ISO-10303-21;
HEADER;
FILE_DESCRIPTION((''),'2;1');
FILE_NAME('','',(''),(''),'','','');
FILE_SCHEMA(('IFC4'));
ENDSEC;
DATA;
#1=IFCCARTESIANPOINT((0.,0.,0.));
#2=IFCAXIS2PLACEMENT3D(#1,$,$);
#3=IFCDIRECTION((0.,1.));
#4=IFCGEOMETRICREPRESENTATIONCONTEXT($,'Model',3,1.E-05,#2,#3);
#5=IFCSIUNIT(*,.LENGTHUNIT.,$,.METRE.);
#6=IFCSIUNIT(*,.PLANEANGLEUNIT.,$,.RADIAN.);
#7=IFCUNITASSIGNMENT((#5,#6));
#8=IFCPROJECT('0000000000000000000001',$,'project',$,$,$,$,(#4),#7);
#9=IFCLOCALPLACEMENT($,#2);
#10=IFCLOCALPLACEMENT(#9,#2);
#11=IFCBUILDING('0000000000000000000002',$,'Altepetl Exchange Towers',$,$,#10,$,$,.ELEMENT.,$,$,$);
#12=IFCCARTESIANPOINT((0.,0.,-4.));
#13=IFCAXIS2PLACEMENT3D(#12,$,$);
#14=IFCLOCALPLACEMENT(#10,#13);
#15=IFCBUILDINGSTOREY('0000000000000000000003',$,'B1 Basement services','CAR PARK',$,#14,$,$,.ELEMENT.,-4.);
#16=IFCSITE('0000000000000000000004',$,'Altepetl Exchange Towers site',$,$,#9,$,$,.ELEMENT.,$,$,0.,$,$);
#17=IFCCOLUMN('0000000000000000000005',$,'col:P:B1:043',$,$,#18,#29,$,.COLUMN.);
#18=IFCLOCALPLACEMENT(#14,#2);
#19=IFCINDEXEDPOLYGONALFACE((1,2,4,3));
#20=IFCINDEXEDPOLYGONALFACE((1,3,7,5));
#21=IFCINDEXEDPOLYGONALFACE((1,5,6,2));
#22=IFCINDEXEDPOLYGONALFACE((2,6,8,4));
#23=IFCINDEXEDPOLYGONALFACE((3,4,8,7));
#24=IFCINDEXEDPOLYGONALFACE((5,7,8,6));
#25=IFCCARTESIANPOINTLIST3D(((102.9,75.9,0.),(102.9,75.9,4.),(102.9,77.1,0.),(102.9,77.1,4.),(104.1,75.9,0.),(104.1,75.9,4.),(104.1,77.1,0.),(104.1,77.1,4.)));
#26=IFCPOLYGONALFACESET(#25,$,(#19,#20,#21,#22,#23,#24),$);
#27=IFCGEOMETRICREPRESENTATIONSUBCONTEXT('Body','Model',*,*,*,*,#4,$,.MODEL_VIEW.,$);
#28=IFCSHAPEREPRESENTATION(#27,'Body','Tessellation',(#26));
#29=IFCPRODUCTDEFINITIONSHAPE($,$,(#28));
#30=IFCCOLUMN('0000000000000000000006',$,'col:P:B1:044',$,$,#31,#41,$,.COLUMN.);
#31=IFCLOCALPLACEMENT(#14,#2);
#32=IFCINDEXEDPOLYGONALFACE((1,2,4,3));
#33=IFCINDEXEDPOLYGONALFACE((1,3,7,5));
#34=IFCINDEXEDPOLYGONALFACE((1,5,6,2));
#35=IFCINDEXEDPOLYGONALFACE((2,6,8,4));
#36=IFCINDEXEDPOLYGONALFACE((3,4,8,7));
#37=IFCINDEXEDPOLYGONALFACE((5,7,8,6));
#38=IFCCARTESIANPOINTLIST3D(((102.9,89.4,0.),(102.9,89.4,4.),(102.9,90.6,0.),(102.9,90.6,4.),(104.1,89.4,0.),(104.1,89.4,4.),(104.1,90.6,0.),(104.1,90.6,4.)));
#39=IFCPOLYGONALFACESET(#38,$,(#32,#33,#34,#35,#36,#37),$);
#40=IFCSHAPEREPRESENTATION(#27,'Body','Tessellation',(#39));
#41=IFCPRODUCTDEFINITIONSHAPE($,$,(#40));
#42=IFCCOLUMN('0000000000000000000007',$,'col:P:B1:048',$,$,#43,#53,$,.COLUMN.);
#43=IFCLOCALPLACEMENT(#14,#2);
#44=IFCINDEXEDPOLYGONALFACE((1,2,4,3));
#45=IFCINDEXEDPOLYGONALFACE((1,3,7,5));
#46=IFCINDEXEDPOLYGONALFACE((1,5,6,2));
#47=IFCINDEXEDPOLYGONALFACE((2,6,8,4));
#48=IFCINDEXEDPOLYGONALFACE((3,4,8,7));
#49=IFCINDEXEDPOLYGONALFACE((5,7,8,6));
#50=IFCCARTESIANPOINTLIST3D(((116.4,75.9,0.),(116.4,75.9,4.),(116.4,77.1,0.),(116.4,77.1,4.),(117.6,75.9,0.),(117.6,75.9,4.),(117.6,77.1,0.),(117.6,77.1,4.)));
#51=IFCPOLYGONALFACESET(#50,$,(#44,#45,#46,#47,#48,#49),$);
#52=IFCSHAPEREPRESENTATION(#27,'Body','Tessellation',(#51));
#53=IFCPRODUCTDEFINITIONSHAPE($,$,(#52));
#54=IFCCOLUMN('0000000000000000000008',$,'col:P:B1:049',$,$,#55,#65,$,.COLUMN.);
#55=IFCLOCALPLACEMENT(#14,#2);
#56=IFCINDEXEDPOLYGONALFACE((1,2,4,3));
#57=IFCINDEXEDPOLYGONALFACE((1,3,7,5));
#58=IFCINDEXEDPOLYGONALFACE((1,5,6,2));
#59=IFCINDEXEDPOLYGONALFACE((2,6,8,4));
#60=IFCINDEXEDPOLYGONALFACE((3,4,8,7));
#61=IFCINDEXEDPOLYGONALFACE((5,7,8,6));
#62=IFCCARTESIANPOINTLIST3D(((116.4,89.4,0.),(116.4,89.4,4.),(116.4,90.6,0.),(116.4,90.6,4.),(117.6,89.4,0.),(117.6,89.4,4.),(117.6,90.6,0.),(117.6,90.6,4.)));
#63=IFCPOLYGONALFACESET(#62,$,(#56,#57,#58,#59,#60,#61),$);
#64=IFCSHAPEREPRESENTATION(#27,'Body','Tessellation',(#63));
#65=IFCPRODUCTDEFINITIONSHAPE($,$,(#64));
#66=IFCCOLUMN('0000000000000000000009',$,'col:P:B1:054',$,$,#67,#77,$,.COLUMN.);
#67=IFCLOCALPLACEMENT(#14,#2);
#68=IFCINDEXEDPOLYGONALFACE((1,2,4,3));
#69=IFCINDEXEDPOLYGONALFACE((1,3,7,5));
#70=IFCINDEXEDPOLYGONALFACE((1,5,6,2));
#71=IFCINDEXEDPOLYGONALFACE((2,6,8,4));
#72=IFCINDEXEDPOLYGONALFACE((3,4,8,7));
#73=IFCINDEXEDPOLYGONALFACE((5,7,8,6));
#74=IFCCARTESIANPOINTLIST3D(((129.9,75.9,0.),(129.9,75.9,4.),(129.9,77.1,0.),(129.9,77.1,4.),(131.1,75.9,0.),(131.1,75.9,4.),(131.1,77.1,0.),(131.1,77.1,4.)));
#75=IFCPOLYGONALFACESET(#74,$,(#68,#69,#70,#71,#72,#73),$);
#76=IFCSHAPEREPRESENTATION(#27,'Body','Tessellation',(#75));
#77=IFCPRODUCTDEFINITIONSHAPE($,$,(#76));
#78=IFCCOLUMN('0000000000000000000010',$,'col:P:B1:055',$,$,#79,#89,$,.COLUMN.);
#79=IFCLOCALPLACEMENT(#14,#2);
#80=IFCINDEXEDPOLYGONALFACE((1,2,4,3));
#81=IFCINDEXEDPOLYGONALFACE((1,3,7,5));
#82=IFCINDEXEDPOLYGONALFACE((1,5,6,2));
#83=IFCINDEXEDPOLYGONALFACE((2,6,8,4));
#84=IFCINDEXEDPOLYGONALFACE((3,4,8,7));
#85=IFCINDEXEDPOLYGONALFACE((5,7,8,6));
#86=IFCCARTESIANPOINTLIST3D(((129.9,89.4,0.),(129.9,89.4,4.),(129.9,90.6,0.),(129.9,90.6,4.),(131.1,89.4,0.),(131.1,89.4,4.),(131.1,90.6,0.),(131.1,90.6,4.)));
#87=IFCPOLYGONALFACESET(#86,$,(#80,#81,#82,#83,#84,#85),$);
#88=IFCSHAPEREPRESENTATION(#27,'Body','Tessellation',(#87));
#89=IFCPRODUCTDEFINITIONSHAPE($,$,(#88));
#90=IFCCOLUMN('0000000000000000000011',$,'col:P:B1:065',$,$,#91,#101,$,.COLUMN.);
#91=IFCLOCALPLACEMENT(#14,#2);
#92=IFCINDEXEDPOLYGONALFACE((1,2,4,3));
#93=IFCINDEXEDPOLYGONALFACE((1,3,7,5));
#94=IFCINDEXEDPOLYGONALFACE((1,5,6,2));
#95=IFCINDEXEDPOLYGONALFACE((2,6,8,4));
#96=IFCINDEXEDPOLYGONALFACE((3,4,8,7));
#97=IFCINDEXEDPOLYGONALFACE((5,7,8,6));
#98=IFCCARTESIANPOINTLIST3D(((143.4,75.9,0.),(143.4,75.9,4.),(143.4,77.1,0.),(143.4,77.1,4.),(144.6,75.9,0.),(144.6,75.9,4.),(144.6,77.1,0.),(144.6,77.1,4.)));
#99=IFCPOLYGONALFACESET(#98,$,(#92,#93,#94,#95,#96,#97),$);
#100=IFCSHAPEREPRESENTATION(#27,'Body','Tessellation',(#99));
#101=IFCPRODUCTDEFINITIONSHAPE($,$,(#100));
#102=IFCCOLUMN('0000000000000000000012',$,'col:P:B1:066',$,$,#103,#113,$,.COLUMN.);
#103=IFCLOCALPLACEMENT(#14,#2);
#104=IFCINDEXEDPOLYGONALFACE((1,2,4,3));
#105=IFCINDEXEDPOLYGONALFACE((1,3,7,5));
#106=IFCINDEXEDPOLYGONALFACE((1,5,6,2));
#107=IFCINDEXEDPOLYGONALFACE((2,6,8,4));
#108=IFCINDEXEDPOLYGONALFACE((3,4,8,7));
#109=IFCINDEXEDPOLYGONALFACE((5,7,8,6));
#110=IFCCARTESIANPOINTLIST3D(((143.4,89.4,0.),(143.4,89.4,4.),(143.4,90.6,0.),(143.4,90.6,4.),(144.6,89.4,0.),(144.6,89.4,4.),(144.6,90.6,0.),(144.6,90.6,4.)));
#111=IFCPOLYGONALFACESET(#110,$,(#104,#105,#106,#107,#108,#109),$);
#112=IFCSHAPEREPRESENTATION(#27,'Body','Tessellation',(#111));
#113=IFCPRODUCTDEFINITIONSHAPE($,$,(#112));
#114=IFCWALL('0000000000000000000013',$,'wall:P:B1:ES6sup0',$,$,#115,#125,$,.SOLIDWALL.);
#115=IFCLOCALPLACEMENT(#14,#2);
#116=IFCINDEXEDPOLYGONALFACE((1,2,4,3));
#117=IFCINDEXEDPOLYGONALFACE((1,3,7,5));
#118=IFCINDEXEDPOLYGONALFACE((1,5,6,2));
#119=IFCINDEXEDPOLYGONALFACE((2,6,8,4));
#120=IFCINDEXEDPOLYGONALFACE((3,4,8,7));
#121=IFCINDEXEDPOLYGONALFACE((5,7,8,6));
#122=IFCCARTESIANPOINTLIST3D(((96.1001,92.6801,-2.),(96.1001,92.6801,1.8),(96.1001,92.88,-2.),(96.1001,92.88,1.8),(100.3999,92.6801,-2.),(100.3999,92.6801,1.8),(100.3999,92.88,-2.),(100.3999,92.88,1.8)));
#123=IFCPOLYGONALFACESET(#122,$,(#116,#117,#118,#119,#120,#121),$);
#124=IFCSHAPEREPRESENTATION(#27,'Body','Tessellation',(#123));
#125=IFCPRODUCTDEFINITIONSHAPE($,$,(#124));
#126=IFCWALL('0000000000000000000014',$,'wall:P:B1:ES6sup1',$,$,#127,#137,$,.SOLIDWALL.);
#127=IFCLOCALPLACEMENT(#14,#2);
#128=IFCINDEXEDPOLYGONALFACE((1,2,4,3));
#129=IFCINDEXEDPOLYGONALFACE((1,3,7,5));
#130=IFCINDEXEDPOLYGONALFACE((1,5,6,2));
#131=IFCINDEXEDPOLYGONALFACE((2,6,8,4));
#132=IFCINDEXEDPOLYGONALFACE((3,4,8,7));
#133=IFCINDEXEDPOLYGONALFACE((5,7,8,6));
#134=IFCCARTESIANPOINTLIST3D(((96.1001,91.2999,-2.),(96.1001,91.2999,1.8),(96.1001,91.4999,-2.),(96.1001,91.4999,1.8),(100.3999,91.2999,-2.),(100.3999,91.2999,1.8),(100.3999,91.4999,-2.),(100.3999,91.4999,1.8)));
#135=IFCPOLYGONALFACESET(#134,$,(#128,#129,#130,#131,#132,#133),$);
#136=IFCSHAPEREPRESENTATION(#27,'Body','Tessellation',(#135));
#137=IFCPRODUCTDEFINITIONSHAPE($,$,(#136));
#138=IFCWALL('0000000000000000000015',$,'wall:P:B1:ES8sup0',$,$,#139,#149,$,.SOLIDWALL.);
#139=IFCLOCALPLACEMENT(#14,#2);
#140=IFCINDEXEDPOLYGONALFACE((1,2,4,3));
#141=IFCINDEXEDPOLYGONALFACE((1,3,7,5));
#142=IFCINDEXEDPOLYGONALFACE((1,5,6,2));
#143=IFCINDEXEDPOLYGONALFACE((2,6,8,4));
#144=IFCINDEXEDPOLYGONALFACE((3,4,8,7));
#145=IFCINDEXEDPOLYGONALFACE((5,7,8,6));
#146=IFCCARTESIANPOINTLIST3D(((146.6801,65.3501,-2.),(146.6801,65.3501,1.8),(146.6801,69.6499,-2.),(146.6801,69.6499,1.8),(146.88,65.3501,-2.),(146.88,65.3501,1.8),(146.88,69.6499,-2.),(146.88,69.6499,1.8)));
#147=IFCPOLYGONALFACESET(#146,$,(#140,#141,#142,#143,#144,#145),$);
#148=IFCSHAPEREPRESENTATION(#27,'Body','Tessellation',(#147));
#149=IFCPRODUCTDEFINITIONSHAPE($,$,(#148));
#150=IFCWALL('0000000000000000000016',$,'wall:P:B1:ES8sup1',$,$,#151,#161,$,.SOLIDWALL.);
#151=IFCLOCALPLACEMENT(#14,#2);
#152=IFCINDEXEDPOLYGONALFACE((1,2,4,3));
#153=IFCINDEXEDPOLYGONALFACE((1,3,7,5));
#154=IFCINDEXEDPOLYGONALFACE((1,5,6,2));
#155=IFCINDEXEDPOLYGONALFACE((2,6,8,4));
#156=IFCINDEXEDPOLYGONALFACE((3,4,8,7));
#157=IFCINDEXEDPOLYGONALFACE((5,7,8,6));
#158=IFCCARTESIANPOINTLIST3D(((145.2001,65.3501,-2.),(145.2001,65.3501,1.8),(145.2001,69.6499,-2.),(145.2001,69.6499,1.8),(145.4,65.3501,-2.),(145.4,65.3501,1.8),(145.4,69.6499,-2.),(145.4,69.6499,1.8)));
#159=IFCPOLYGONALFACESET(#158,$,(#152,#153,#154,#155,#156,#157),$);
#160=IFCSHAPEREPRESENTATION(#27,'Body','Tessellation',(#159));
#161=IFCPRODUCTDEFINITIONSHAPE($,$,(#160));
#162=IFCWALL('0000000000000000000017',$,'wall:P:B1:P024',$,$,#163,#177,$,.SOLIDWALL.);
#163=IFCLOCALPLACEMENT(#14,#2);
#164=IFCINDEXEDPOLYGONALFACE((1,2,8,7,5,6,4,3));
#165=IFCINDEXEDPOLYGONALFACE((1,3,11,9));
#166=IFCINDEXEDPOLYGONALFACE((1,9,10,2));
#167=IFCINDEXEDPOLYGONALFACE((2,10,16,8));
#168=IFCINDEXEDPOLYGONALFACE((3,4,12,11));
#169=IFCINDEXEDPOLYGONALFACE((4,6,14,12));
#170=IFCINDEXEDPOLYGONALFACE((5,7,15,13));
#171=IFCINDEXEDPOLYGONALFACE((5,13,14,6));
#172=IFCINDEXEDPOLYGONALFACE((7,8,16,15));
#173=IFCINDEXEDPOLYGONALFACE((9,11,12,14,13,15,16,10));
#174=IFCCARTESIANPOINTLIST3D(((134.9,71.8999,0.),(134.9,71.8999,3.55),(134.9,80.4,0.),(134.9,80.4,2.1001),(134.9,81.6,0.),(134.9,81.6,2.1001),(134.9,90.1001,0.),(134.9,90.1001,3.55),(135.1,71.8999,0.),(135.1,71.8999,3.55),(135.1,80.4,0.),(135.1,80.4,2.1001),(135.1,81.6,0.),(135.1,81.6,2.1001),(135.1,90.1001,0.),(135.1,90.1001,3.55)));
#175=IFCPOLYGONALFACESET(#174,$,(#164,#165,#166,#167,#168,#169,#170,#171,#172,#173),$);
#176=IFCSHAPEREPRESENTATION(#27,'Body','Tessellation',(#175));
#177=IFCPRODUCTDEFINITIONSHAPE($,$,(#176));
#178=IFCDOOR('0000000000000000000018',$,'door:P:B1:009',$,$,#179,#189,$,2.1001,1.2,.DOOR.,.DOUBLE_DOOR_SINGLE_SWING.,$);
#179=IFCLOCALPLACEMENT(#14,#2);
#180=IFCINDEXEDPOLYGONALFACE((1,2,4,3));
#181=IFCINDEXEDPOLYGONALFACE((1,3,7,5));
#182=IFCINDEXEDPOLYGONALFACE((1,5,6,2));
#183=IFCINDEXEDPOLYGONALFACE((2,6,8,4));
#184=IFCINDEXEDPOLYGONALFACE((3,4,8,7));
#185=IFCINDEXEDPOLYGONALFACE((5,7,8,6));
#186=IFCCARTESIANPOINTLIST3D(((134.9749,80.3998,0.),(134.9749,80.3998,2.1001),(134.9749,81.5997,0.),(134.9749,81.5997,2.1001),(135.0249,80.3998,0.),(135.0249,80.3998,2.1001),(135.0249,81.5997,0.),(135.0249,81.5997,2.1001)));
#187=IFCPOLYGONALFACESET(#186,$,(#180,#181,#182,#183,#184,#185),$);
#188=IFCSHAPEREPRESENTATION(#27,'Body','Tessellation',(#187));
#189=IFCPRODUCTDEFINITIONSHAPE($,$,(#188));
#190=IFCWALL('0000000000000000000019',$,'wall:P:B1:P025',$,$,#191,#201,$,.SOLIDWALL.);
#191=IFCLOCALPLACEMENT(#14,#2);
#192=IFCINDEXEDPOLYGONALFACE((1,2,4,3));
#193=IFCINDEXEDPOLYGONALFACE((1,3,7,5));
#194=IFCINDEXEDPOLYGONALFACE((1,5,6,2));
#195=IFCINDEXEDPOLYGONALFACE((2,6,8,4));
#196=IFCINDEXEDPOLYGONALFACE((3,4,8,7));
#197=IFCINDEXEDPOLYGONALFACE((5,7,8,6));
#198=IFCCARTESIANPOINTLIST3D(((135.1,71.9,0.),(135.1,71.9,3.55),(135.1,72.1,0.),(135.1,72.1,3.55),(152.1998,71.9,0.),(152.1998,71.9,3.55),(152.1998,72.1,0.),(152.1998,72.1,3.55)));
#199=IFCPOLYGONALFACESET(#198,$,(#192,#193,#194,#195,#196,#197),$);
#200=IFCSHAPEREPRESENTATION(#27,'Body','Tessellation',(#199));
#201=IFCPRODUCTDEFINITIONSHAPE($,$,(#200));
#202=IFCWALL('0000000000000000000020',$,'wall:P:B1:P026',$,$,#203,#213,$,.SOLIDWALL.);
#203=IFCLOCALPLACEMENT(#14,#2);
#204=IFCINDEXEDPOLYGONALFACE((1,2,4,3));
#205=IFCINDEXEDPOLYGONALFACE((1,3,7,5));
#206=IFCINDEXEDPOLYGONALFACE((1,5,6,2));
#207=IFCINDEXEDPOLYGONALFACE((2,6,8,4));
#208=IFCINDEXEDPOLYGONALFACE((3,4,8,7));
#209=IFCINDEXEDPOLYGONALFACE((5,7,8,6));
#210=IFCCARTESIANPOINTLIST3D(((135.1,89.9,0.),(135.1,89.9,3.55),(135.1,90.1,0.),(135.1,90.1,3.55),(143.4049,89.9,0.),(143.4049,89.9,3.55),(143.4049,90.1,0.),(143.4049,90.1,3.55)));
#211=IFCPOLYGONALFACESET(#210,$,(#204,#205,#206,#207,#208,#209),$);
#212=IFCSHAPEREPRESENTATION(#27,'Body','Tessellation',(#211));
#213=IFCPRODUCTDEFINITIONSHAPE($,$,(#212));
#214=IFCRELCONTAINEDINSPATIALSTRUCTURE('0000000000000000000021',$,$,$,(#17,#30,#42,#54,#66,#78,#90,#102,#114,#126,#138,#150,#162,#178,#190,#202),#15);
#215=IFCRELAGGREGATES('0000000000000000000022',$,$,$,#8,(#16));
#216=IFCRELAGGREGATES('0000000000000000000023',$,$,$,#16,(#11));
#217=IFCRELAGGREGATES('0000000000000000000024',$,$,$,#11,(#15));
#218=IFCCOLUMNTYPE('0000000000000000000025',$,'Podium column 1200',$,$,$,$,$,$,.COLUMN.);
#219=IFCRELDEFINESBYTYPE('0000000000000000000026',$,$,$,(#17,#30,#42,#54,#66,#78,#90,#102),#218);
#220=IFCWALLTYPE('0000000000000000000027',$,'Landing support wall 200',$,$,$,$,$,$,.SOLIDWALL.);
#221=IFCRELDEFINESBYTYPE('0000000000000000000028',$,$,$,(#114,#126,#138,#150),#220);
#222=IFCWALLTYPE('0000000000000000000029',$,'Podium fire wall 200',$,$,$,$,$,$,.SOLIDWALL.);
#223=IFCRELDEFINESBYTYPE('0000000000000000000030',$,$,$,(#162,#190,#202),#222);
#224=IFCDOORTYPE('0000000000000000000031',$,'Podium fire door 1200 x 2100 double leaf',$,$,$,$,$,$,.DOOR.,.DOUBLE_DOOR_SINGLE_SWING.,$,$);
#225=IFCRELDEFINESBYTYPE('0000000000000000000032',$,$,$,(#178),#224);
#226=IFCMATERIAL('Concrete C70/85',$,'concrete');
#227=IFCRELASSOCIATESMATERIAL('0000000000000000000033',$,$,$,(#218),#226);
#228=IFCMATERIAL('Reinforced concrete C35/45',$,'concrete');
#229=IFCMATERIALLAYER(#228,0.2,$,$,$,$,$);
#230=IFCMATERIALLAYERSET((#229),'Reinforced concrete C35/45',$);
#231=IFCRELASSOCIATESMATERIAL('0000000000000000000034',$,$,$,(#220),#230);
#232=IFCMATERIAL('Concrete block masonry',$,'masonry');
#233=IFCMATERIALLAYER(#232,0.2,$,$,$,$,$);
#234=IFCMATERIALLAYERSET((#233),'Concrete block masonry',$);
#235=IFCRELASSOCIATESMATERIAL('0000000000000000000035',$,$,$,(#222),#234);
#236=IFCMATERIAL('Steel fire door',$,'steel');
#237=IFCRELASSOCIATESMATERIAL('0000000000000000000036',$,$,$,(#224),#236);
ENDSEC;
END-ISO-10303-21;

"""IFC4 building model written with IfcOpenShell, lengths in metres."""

from ifc_helpers import new_model, si_unit, direction, frame, frame_2d, origin, origin_2d, place, context, subcontext, project, spatial, rectangle, extrude, material, layer, layer_set, material_profile, profile_set, type_object, element, fill, save


model = new_model("IFC4")

# Units and contexts
model_context = context("Model", 3, precision=1e-05, world=origin(), true_north=direction((0.0, 1.0)))
body_context = subcontext(model_context, "Body", "Model", "MODEL_VIEW")
ifc_project = project(units=[si_unit("LENGTHUNIT", "METRE"), si_unit("PLANEANGLEUNIT", "RADIAN")], contexts=[model_context])

# Site, building, storey
site_placement = place(None, origin())
site = spatial("IfcSite", under=ifc_project, at=site_placement, Name="Altepetl Exchange Towers site", CompositionType="ELEMENT", RefElevation=0.0)
building_placement = place(site_placement, origin())
building = spatial("IfcBuilding", under=site, at=building_placement, Name="Altepetl Exchange Towers", CompositionType="ELEMENT")
storey_placement = place(building_placement, frame((0.0, 0.0, -4.0)))
storey = spatial("IfcBuildingStorey", under=building, at=storey_placement, Name="B1 Basement services", Description="CAR PARK", CompositionType="ELEMENT", Elevation=-4.0)

# Columns
ifc_material_1 = material(Name="Concrete C70/85", Category="concrete")
ifc_material_profile = material_profile(ifc_material_1, rectangle(XDim=1.2, YDim=1.2, at=origin_2d()), Name="1200 x 1200")
ifc_profile_set = profile_set([ifc_material_profile], Name="Concrete C70/85")
column_type = type_object("IfcColumnType", Name="Podium column 1200", PredefinedType="COLUMN", material=ifc_profile_set)
for number, where, name in (
    (1, (103.5, 76.5, 0.0), "col:P:B1:043"),
    (2, (103.5, 90.0, 0.0), "col:P:B1:044"),
    (3, (117.0, 76.5, 0.0), "col:P:B1:048"),
    (4, (117.0, 90.0, 0.0), "col:P:B1:049"),
    (5, (130.5, 76.5, 0.0), "col:P:B1:054"),
    (6, (130.5, 90.0, 0.0), "col:P:B1:055"),
    (7, (144.0, 76.5, 0.0), "col:P:B1:065"),
    (8, (144.0, 90.0, 0.0), "col:P:B1:066"),
):
    element("IfcColumn", number, at=place(storey_placement, frame(where)), inside=storey, type_object=column_type, Name=name, PredefinedType="COLUMN", context=body_context, shape_type="SweptSolid", body=[
        extrude(rectangle(XDim=1.2, YDim=1.2, at=origin_2d()), origin(), (0.0, 0.0, 1.0), 4.0),
    ])

# Walls
ifc_material_2 = material(Name="Reinforced concrete C35/45", Category="concrete")
ifc_layer_1 = layer(ifc_material_2, 0.2)
ifc_layer_set_1 = layer_set([ifc_layer_1], Name="Reinforced concrete C35/45")
wall_type_1 = type_object("IfcWallType", Name="Landing support wall 200", PredefinedType="SOLIDWALL", material=ifc_layer_set_1)
for number, where, z_axis, x_axis, name in (
    (9, (100.3999, 92.78, -2.0), (0.0, 0.0, 1.0), (-1.0, 0.0, 0.0), "wall:P:B1:ES6sup0"),
    (10, (100.3999, 91.3999, -2.0), (0.0, 0.0, 1.0), (-1.0, 0.0, 0.0), "wall:P:B1:ES6sup1"),
    (11, (146.78, 65.3501, -2.0), (0.0, 0.0, 1.0), (0.0, 1.0, 0.0), "wall:P:B1:ES8sup0"),
    (12, (145.3, 65.3501, -2.0), (0.0, 0.0, 1.0), (0.0, 1.0, 0.0), "wall:P:B1:ES8sup1"),
):
    element("IfcWall", number, at=place(storey_placement, frame(where, z_axis=z_axis, x_axis=x_axis)), inside=storey, type_object=wall_type_1, Name=name, PredefinedType="SOLIDWALL", context=body_context, shape_type="SweptSolid", body=[
        extrude(rectangle(XDim=4.2998, YDim=0.2, at=frame_2d((2.1499, 0.0))), origin(), (0.0, 0.0, 1.0), 3.8),
    ])

# Wall, opening, door
ifc_material_3 = material(Name="Concrete block masonry", Category="masonry")
ifc_layer_2 = layer(ifc_material_3, 0.2)
ifc_layer_set_2 = layer_set([ifc_layer_2], Name="Concrete block masonry")
wall_type_2 = type_object("IfcWallType", Name="Podium fire wall 200", PredefinedType="SOLIDWALL", material=ifc_layer_set_2)
wall_1_placement = place(storey_placement, frame((135.0, 71.8999, 0.0), z_axis=(0.0, 0.0, 1.0), x_axis=(0.0, 1.0, 0.0)))
wall_1 = element("IfcWall", 13, at=wall_1_placement, inside=storey, type_object=wall_type_2, Name="wall:P:B1:P024", PredefinedType="SOLIDWALL", context=body_context, shape_type="SweptSolid", body=[
    extrude(rectangle(XDim=18.2002, YDim=0.2, at=frame_2d((9.1001, 0.0))), origin(), (0.0, 0.0, 1.0), 3.55),
])
opening_1_placement = place(wall_1_placement, frame((8.5, 0.0, 0.0)))
opening_1 = element("IfcOpeningElement", 14, at=opening_1_placement, cuts=wall_1, PredefinedType="OPENING", context=body_context, shape_type="SweptSolid", body=[
    extrude(rectangle(XDim=1.2, YDim=2.1001, at=frame_2d((0.6001, 1.05))), frame((0.0, 0.1099, 0.0), z_axis=(0.0, -1.0, 0.0), x_axis=(1.0, 0.0, 0.0)), (0.0, 0.0, 1.0), 0.22),
])
ifc_material_4 = material(Name="Steel fire door", Category="steel")
door_type = type_object("IfcDoorType", Name="Podium fire door 1200 x 2100 double leaf", OperationType="DOUBLE_DOOR_SINGLE_SWING", PredefinedType="DOOR", material=ifc_material_4)
door_1_placement = place(opening_1_placement, frame((1.2, 0.0, 0.0), x_axis=(-1.0, 0.0, 0.0)))
door_1 = element("IfcDoor", 15, at=door_1_placement, inside=storey, type_object=door_type, Name="door:P:B1:009", OperationType="DOUBLE_DOOR_SINGLE_SWING", OverallHeight=2.1001, OverallWidth=1.2, PredefinedType="DOOR", context=body_context, shape_type="SweptSolid", body=[
    extrude(rectangle(XDim=1.2, YDim=2.1001, at=frame_2d((0.6001, 1.05))), frame((0.0, 0.0249, 0.0), z_axis=(0.0, -1.0, 0.0), x_axis=(1.0, 0.0, 0.0)), (0.0, 0.0, 1.0), 0.05),
])
fill(opening_1, door_1)

# Walls
wall_2_placement = place(storey_placement, frame((135.1001, 72.0, 0.0)))
element("IfcWall", 16, at=wall_2_placement, inside=storey, type_object=wall_type_2, Name="wall:P:B1:P025", PredefinedType="SOLIDWALL", context=body_context, shape_type="SweptSolid", body=[
    extrude(rectangle(XDim=17.0999, YDim=0.2, at=frame_2d((8.5498, 0.0))), origin(), (0.0, 0.0, 1.0), 3.55),
])
wall_3_placement = place(storey_placement, frame((135.1001, 90.0, 0.0)))
element("IfcWall", 17, at=wall_3_placement, inside=storey, type_object=wall_type_2, Name="wall:P:B1:P026", PredefinedType="SOLIDWALL", context=body_context, shape_type="SweptSolid", body=[
    extrude(rectangle(XDim=8.3049, YDim=0.2, at=frame_2d((4.1523, 0.0))), origin(), (0.0, 0.0, 1.0), 3.55),
])

save(model, "model.ifc")
